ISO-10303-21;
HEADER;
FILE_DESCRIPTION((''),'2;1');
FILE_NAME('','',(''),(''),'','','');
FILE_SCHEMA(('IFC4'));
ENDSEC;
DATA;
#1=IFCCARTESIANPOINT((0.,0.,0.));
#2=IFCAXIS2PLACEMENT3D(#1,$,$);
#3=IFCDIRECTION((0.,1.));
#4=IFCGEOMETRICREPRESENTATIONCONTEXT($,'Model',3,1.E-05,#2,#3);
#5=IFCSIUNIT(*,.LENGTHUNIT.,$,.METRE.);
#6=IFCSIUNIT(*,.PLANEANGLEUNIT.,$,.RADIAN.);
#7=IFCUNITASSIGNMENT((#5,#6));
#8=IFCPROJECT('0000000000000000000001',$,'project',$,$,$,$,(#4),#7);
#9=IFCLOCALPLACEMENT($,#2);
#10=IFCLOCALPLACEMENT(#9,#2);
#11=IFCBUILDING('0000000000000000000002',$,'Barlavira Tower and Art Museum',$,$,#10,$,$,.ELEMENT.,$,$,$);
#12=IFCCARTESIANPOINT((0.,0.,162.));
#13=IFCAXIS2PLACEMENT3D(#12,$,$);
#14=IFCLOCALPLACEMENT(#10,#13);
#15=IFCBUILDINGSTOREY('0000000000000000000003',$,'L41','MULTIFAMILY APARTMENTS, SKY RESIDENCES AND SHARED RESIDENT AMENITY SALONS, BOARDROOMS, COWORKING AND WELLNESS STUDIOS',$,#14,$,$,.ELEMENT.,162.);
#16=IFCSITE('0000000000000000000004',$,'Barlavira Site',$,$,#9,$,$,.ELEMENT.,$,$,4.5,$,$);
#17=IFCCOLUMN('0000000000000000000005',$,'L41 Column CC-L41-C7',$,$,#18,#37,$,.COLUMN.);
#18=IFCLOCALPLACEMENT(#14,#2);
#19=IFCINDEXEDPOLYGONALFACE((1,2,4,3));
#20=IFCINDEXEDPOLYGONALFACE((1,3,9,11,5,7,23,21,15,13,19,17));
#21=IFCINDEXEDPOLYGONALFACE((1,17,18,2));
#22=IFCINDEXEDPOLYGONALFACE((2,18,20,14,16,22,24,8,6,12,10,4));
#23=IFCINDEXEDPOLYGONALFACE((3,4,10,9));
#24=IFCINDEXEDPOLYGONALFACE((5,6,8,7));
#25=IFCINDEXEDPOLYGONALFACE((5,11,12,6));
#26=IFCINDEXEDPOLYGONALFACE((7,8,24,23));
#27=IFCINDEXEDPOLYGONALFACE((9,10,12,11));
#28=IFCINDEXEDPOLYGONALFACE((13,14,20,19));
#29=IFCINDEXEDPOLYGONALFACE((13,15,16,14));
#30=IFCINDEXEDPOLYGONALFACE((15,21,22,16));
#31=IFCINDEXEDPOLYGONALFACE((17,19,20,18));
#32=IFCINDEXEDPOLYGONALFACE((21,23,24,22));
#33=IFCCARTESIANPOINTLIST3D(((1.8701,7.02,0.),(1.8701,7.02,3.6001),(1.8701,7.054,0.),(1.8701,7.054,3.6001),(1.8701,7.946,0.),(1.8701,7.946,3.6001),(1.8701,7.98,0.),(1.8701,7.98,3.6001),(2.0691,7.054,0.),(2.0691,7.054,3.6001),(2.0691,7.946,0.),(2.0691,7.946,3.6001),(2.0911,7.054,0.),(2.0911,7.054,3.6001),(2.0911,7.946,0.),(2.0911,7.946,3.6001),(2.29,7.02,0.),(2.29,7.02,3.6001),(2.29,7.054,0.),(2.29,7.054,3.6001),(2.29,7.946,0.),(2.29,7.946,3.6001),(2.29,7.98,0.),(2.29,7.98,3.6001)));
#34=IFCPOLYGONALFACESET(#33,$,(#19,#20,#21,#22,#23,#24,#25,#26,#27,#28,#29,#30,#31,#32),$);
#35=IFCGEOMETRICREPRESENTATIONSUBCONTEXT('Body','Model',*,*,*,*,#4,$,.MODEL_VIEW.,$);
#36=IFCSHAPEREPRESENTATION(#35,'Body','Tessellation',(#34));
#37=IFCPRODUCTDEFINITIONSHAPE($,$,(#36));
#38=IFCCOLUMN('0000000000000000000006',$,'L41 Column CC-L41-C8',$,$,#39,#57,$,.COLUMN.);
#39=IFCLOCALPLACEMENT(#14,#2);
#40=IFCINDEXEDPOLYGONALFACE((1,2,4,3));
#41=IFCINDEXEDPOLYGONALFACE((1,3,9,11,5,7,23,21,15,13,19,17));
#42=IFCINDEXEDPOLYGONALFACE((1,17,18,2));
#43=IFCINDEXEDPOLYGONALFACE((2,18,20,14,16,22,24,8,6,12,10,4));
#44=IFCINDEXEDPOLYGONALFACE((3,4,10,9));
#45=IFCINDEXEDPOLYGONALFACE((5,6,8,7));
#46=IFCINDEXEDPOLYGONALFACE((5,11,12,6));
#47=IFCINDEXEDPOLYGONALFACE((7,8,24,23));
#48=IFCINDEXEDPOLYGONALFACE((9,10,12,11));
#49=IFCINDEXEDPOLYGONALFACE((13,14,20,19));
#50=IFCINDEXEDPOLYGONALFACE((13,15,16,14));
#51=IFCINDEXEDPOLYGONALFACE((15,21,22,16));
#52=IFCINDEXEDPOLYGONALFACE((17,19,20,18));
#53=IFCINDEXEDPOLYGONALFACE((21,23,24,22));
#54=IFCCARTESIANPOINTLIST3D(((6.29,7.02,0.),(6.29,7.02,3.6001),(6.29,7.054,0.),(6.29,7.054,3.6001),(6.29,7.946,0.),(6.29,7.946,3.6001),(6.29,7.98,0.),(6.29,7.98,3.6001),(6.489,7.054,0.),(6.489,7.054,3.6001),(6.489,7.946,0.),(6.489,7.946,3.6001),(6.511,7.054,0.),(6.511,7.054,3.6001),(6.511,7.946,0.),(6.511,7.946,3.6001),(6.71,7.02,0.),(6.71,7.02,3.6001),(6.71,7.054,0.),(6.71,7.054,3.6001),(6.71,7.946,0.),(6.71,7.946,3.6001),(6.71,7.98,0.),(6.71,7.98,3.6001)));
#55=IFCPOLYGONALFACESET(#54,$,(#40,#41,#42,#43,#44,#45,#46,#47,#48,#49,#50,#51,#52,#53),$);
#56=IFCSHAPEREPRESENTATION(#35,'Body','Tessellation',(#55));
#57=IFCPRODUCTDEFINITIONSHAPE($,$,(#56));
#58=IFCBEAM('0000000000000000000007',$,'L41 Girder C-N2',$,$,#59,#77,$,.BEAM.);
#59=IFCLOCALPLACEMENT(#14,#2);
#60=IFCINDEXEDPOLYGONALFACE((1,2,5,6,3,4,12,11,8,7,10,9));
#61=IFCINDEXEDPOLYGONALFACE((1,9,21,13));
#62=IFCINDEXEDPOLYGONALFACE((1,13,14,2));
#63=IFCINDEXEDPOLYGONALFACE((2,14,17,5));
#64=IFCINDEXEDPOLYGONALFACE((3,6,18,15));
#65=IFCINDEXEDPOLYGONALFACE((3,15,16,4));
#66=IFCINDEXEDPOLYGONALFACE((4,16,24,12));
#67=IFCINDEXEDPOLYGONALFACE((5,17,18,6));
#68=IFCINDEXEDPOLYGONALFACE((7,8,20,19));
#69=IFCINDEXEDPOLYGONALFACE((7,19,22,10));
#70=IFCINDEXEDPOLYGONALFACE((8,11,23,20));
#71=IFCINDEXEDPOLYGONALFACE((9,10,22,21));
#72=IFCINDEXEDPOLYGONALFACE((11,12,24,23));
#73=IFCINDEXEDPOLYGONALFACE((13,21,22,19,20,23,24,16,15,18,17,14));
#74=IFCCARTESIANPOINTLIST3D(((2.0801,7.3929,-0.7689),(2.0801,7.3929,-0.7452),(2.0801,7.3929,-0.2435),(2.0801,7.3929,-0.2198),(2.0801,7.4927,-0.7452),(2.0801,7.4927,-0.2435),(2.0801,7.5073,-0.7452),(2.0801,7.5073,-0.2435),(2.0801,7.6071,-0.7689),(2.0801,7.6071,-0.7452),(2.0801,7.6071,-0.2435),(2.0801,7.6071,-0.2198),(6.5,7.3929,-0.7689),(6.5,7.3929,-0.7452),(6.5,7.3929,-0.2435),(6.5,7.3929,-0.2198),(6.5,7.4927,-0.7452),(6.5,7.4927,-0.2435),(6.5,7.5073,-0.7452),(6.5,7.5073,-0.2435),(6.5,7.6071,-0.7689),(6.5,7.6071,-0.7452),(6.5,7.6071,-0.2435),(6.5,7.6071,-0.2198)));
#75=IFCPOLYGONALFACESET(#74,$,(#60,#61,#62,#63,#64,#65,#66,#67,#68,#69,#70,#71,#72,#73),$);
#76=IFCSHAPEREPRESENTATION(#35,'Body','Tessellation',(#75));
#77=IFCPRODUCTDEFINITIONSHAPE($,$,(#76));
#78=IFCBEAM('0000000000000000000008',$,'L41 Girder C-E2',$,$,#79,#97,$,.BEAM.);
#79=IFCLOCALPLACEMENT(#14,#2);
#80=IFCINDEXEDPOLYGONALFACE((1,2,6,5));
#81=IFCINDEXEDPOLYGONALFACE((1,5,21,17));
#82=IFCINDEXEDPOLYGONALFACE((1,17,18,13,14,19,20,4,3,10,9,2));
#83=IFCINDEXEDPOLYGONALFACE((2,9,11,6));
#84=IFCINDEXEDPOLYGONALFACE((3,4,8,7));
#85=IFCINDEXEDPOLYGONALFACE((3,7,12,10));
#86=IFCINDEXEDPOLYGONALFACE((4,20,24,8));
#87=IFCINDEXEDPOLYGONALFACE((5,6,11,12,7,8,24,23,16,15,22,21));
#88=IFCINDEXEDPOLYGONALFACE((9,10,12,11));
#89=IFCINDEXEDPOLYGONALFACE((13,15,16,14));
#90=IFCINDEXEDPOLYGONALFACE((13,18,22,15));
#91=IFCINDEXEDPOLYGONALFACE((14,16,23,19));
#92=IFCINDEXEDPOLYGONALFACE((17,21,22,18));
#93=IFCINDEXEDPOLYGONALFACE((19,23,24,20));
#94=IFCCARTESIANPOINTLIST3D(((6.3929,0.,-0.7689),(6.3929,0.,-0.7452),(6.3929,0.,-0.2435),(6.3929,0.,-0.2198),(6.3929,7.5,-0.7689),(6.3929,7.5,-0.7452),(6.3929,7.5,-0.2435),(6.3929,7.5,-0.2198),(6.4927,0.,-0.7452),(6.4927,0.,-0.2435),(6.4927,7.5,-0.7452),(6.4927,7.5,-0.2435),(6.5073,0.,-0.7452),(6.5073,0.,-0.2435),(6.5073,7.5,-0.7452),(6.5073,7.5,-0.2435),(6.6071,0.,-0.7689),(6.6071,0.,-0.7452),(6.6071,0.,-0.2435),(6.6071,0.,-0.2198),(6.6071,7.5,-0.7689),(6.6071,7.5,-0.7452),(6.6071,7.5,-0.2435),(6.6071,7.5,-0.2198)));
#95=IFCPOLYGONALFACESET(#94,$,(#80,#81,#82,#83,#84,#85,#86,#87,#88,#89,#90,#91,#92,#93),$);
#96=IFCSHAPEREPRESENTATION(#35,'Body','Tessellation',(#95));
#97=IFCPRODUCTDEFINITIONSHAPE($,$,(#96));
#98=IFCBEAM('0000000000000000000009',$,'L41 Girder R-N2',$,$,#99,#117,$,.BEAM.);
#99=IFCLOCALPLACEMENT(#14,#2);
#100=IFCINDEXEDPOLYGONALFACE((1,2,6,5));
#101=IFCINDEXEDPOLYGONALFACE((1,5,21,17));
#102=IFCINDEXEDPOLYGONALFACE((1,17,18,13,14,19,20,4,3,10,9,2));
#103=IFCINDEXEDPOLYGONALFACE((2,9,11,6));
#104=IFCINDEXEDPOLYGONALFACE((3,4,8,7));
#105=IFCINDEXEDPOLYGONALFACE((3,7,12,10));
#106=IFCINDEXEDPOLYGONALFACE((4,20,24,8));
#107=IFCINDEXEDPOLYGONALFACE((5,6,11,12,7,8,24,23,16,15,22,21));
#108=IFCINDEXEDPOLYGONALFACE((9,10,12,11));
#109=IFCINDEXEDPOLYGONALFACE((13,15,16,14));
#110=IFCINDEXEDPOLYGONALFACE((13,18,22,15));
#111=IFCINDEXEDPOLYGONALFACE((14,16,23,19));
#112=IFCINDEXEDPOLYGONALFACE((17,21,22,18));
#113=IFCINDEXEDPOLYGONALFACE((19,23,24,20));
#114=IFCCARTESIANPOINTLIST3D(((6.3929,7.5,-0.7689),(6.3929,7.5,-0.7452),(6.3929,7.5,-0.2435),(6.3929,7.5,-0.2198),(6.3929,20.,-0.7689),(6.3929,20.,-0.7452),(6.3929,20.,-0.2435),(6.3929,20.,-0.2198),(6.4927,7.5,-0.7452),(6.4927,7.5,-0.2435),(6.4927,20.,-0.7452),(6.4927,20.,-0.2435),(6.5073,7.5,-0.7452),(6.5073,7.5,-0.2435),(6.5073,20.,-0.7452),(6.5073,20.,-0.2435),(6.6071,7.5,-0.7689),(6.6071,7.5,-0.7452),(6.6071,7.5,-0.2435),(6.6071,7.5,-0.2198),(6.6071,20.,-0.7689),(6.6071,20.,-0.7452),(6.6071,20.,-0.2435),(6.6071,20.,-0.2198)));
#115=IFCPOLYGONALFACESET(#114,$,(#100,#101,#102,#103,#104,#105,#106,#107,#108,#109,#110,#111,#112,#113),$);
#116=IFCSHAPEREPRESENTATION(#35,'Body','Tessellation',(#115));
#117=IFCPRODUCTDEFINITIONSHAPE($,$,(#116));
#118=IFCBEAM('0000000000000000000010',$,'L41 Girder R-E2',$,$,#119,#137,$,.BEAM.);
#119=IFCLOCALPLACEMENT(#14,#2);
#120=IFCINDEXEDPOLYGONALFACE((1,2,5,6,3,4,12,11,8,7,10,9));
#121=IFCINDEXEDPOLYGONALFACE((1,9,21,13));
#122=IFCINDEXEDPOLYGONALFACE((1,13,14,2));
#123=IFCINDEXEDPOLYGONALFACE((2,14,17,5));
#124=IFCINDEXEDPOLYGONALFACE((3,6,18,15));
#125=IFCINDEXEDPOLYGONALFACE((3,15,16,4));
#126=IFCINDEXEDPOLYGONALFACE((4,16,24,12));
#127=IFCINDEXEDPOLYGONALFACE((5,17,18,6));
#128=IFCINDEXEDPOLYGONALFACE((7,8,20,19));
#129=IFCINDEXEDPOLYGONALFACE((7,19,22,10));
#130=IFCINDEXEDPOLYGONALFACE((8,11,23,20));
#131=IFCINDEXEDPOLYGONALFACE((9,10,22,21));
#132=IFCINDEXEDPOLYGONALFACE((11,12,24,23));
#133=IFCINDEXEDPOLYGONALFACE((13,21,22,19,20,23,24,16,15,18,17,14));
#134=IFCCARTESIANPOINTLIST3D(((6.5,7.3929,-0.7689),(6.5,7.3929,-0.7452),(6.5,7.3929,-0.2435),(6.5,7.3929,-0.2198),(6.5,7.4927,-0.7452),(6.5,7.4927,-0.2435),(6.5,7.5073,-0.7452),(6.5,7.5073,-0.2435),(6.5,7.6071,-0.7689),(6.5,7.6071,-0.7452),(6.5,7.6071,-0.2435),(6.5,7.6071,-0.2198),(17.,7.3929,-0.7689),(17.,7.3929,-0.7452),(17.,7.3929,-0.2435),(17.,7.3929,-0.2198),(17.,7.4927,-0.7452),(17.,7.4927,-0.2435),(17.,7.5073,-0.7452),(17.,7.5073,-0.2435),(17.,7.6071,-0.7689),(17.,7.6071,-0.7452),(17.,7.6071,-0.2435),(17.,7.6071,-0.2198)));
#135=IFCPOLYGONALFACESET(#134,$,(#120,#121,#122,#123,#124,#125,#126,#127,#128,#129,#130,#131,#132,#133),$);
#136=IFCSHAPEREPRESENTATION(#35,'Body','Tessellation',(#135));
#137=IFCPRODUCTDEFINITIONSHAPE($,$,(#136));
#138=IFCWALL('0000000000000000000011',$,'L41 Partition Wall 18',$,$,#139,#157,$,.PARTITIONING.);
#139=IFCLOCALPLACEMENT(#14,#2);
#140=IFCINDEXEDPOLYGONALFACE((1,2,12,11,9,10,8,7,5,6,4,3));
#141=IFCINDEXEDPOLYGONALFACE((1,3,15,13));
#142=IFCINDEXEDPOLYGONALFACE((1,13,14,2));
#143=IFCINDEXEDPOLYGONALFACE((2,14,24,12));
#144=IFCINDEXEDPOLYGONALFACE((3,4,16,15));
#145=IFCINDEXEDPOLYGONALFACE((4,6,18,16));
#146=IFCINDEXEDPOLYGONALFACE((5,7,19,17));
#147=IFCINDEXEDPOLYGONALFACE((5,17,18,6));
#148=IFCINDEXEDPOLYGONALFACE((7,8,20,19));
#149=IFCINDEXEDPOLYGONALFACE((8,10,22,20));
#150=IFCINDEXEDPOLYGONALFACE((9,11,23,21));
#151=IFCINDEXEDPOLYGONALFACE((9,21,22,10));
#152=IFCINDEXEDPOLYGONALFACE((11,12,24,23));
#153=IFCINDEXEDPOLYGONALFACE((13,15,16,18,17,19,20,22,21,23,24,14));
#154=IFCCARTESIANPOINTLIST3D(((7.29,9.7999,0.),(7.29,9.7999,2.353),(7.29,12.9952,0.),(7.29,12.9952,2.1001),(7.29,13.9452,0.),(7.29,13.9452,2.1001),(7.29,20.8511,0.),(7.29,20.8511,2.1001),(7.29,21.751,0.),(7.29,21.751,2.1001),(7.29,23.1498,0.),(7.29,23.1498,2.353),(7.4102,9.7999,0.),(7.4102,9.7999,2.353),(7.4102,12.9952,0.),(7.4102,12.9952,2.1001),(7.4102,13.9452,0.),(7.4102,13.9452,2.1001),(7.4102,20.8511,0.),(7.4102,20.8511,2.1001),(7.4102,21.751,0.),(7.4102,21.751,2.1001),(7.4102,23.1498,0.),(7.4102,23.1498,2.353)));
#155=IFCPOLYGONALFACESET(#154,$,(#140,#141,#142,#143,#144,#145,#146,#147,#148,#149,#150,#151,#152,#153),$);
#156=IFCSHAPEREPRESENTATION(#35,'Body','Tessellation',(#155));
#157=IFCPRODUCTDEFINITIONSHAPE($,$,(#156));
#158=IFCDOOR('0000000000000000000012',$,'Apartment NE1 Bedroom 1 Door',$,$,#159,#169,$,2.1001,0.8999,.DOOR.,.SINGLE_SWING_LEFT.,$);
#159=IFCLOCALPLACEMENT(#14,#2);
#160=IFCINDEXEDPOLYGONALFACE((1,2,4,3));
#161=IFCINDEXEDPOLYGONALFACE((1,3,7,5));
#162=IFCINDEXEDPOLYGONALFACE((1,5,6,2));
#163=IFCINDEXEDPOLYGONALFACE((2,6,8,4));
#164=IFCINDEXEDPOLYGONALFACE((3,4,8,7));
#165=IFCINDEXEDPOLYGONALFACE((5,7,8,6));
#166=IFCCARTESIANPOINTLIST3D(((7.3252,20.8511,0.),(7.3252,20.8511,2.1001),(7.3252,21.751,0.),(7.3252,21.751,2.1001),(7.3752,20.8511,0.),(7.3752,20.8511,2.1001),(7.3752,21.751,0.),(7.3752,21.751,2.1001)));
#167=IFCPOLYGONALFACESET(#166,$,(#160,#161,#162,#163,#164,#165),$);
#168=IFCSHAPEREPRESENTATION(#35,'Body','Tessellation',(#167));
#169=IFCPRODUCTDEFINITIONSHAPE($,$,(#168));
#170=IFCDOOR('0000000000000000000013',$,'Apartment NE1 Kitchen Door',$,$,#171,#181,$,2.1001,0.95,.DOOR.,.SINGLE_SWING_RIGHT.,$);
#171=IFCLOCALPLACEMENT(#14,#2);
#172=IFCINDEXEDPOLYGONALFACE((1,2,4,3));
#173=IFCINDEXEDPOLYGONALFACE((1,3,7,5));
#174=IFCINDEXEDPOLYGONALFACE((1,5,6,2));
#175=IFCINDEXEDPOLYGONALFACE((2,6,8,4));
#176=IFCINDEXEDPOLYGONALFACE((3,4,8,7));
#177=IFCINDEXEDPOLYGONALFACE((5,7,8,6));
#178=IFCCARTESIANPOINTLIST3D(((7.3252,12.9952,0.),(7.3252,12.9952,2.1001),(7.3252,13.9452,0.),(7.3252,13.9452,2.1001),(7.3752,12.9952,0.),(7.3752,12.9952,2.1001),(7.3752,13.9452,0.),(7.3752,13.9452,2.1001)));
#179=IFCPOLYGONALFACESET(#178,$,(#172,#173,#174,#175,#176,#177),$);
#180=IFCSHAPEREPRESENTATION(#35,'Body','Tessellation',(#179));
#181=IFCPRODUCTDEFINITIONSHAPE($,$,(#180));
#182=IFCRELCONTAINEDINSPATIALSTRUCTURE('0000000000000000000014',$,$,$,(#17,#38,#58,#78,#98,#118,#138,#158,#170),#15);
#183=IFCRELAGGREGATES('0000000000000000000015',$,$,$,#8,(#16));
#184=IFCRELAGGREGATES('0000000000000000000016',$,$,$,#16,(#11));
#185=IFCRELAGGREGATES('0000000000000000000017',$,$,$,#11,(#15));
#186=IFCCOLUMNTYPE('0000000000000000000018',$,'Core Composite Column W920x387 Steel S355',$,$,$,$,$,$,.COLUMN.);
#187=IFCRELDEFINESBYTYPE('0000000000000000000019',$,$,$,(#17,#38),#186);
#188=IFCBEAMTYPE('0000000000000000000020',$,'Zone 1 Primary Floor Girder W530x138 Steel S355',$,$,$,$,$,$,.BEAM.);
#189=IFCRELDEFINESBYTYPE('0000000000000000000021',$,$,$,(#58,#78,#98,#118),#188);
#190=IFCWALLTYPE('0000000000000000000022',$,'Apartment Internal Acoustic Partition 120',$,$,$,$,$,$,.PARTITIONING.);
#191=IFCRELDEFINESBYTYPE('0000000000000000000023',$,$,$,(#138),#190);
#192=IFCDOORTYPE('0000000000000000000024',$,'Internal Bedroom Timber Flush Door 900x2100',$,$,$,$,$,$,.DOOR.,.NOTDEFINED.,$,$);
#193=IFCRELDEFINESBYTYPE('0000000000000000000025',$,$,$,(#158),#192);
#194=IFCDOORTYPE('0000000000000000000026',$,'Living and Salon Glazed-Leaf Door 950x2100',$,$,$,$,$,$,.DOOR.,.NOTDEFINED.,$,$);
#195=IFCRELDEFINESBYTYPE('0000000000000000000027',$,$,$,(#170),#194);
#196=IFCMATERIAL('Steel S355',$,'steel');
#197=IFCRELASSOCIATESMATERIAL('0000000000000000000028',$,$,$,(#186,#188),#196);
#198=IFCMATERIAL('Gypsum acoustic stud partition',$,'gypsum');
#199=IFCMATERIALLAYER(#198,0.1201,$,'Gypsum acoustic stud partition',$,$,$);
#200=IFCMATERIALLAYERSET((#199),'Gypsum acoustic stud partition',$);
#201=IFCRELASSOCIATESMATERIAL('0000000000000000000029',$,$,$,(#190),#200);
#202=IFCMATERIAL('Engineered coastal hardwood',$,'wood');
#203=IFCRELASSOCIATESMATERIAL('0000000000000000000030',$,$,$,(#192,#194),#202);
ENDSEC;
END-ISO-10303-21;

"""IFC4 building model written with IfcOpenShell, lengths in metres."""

from ifc_helpers import new_model, si_unit, direction, frame, frame_2d, origin, origin_2d, place, context, subcontext, project, spatial, rectangle, i_section, extrude, material, layer, layer_set, material_profile, profile_set, type_object, element, fill, save


model = new_model("IFC4")

# Units and contexts
model_context = context("Model", 3, precision=1e-05, world=origin(), true_north=direction((0.0, 1.0)))
body_context = subcontext(model_context, "Body", "Model", "MODEL_VIEW")
ifc_project = project(units=[si_unit("LENGTHUNIT", "METRE"), si_unit("PLANEANGLEUNIT", "RADIAN")], contexts=[model_context])

# Site, building, storey
site_placement = place(None, origin())
site = spatial("IfcSite", under=ifc_project, at=site_placement, Name="Barlavira Site", CompositionType="ELEMENT", RefElevation=4.5)
building_placement = place(site_placement, origin())
building = spatial("IfcBuilding", under=site, at=building_placement, Name="Barlavira Tower and Art Museum", CompositionType="ELEMENT")
storey_placement = place(building_placement, frame((0.0, 0.0, 162.0)))
storey = spatial("IfcBuildingStorey", under=building, at=storey_placement, Name="L41", Description="MULTIFAMILY APARTMENTS, SKY RESIDENCES AND SHARED RESIDENT AMENITY SALONS, BOARDROOMS, COWORKING AND WELLNESS STUDIOS", CompositionType="ELEMENT", Elevation=162.0)

# Columns
ifc_material_1 = material(Name="Steel S355", Category="steel")
ifc_material_profile_1 = material_profile(ifc_material_1, i_section(OverallWidth=0.4199, OverallDepth=0.96, WebThickness=0.022, FlangeThickness=0.0339, at=origin_2d()), Name="W920x387.0")
ifc_profile_set_1 = profile_set([ifc_material_profile_1], Name="Steel S355")
column_type = type_object("IfcColumnType", Name="Core Composite Column W920x387 Steel S355", PredefinedType="COLUMN", material=ifc_profile_set_1)
for number, where, z_axis, x_axis, name in (
    (1, (2.0801, 7.5, 0.0), (0.0, 0.0, 1.0), (1.0, 0.0, 0.0), "L41 Column CC-L41-C7"),
    (2, (6.5, 7.5, 0.0), (0.0, 0.0, 1.0), (1.0, 0.0, 0.0), "L41 Column CC-L41-C8"),
):
    element("IfcColumn", number, at=place(storey_placement, frame(where, z_axis=z_axis, x_axis=x_axis)), inside=storey, type_object=column_type, Name=name, PredefinedType="COLUMN", context=body_context, shape_type="SweptSolid", body=[
        extrude(i_section(OverallWidth=0.4199, OverallDepth=0.96, WebThickness=0.022, FlangeThickness=0.0339, at=origin_2d()), origin(), (0.0, 0.0, 1.0), 3.6001),
    ])

# Beams
ifc_material_profile_2 = material_profile(ifc_material_1, i_section(OverallWidth=0.2141, OverallDepth=0.5491, WebThickness=0.0146, FlangeThickness=0.0237, at=origin_2d()), Name="W530x138.0")
ifc_profile_set_2 = profile_set([ifc_material_profile_2], Name="Steel S355")
beam_type = type_object("IfcBeamType", Name="Zone 1 Primary Floor Girder W530x138 Steel S355", PredefinedType="BEAM", material=ifc_profile_set_2)
beam_1_placement = place(storey_placement, frame((2.0801, 7.5, -0.4944), z_axis=(1.0, 0.0, 0.0), x_axis=(0.0, 1.0, 0.0)))
element("IfcBeam", 3, at=beam_1_placement, inside=storey, type_object=beam_type, Name="L41 Girder C-N2", PredefinedType="BEAM", context=body_context, shape_type="SweptSolid", body=[
    extrude(i_section(OverallWidth=0.2141, OverallDepth=0.5491, WebThickness=0.0146, FlangeThickness=0.0237, at=origin_2d()), origin(), (0.0, 0.0, 1.0), 4.4199),
])
beam_2_placement = place(storey_placement, frame((6.5, 0.0, -0.4944), z_axis=(0.0, 1.0, 0.0), x_axis=(-1.0, 0.0, 0.0)))
element("IfcBeam", 4, at=beam_2_placement, inside=storey, type_object=beam_type, Name="L41 Girder C-E2", PredefinedType="BEAM", context=body_context, shape_type="SweptSolid", body=[
    extrude(i_section(OverallWidth=0.2141, OverallDepth=0.5491, WebThickness=0.0146, FlangeThickness=0.0237, at=origin_2d()), origin(), (0.0, 0.0, 1.0), 7.5),
])
beam_3_placement = place(storey_placement, frame((6.5, 7.5, -0.4944), z_axis=(0.0, 1.0, 0.0), x_axis=(-1.0, 0.0, 0.0)))
element("IfcBeam", 5, at=beam_3_placement, inside=storey, type_object=beam_type, Name="L41 Girder R-N2", PredefinedType="BEAM", context=body_context, shape_type="SweptSolid", body=[
    extrude(i_section(OverallWidth=0.2141, OverallDepth=0.5491, WebThickness=0.0146, FlangeThickness=0.0237, at=origin_2d()), origin(), (0.0, 0.0, 1.0), 12.5),
])
beam_4_placement = place(storey_placement, frame((6.5, 7.5, -0.4944), z_axis=(1.0, 0.0, 0.0), x_axis=(0.0, 1.0, 0.0)))
element("IfcBeam", 6, at=beam_4_placement, inside=storey, type_object=beam_type, Name="L41 Girder R-E2", PredefinedType="BEAM", context=body_context, shape_type="SweptSolid", body=[
    extrude(i_section(OverallWidth=0.2141, OverallDepth=0.5491, WebThickness=0.0146, FlangeThickness=0.0237, at=origin_2d()), origin(), (0.0, 0.0, 1.0), 10.5),
])

# Wall, openings, doors
ifc_material_2 = material(Name="Gypsum acoustic stud partition", Category="gypsum")
ifc_layer_1 = layer(ifc_material_2, 0.1201, Name="Gypsum acoustic stud partition")
ifc_layer_set_1 = layer_set([ifc_layer_1], Name="Gypsum acoustic stud partition")
wall_type_1 = type_object("IfcWallType", Name="Apartment Internal Acoustic Partition 120", PredefinedType="PARTITIONING", material=ifc_layer_set_1)
wall_1_placement = place(storey_placement, frame((7.3501, 9.8, 0.0), z_axis=(0.0, 0.0, 1.0), x_axis=(0.0, 1.0, 0.0)))
wall_1 = element("IfcWall", 7, at=wall_1_placement, inside=storey, type_object=wall_type_1, Name="L41 Partition Wall 18", PredefinedType="PARTITIONING", context=body_context, shape_type="SweptSolid", body=[
    extrude(rectangle(XDim=13.3499, YDim=0.1201, at=frame_2d((6.6748, 0.0))), origin(), (0.0, 0.0, 1.0), 2.353),
])
opening_1_placement = place(wall_1_placement, frame((3.1951, 0.0, 0.0)))
opening_1 = element("IfcOpeningElement", 8, at=opening_1_placement, cuts=wall_1, PredefinedType="OPENING", context=body_context, shape_type="SweptSolid", body=[
    extrude(rectangle(XDim=0.95, YDim=2.1001, at=frame_2d((0.4751, 1.05))), frame((0.0, 0.0701, 0.0), z_axis=(0.0, -1.0, 0.0), x_axis=(1.0, 0.0, 0.0)), (0.0, 0.0, 1.0), 0.1401),
])
opening_2_placement = place(wall_1_placement, frame((11.051, 0.0, 0.0)))
opening_2 = element("IfcOpeningElement", 9, at=opening_2_placement, cuts=wall_1, PredefinedType="OPENING", context=body_context, shape_type="SweptSolid", body=[
    extrude(rectangle(XDim=0.8999, YDim=2.1001, at=frame_2d((0.45, 1.05))), frame((0.0, 0.0701, 0.0), z_axis=(0.0, -1.0, 0.0), x_axis=(1.0, 0.0, 0.0)), (0.0, 0.0, 1.0), 0.1401),
])
ifc_material_3 = material(Name="Engineered coastal hardwood", Category="wood")
door_type_1 = type_object("IfcDoorType", Name="Internal Bedroom Timber Flush Door 900x2100", OperationType="NOTDEFINED", PredefinedType="DOOR", material=ifc_material_3)
door_1_placement = place(opening_2_placement, origin())
door_1 = element("IfcDoor", 10, at=door_1_placement, inside=storey, type_object=door_type_1, Name="Apartment NE1 Bedroom 1 Door", OperationType="SINGLE_SWING_LEFT", OverallHeight=2.1001, OverallWidth=0.8999, PredefinedType="DOOR", context=body_context, shape_type="SweptSolid", body=[
    extrude(rectangle(XDim=0.8999, YDim=2.1001, at=frame_2d((0.45, 1.05))), frame((0.0, 0.0249, 0.0), z_axis=(0.0, -1.0, 0.0), x_axis=(1.0, 0.0, 0.0)), (0.0, 0.0, 1.0), 0.05),
])
fill(opening_2, door_1)
door_type_2 = type_object("IfcDoorType", Name="Living and Salon Glazed-Leaf Door 950x2100", OperationType="NOTDEFINED", PredefinedType="DOOR", material=ifc_material_3)
door_2_placement = place(opening_1_placement, origin())
door_2 = element("IfcDoor", 11, at=door_2_placement, inside=storey, type_object=door_type_2, Name="Apartment NE1 Kitchen Door", OperationType="SINGLE_SWING_RIGHT", OverallHeight=2.1001, OverallWidth=0.95, PredefinedType="DOOR", context=body_context, shape_type="SweptSolid", body=[
    extrude(rectangle(XDim=0.95, YDim=2.1001, at=frame_2d((0.4751, 1.05))), frame((0.0, 0.0249, 0.0), z_axis=(0.0, -1.0, 0.0), x_axis=(1.0, 0.0, 0.0)), (0.0, 0.0, 1.0), 0.05),
])
fill(opening_1, door_2)

save(model, "model.ifc")
